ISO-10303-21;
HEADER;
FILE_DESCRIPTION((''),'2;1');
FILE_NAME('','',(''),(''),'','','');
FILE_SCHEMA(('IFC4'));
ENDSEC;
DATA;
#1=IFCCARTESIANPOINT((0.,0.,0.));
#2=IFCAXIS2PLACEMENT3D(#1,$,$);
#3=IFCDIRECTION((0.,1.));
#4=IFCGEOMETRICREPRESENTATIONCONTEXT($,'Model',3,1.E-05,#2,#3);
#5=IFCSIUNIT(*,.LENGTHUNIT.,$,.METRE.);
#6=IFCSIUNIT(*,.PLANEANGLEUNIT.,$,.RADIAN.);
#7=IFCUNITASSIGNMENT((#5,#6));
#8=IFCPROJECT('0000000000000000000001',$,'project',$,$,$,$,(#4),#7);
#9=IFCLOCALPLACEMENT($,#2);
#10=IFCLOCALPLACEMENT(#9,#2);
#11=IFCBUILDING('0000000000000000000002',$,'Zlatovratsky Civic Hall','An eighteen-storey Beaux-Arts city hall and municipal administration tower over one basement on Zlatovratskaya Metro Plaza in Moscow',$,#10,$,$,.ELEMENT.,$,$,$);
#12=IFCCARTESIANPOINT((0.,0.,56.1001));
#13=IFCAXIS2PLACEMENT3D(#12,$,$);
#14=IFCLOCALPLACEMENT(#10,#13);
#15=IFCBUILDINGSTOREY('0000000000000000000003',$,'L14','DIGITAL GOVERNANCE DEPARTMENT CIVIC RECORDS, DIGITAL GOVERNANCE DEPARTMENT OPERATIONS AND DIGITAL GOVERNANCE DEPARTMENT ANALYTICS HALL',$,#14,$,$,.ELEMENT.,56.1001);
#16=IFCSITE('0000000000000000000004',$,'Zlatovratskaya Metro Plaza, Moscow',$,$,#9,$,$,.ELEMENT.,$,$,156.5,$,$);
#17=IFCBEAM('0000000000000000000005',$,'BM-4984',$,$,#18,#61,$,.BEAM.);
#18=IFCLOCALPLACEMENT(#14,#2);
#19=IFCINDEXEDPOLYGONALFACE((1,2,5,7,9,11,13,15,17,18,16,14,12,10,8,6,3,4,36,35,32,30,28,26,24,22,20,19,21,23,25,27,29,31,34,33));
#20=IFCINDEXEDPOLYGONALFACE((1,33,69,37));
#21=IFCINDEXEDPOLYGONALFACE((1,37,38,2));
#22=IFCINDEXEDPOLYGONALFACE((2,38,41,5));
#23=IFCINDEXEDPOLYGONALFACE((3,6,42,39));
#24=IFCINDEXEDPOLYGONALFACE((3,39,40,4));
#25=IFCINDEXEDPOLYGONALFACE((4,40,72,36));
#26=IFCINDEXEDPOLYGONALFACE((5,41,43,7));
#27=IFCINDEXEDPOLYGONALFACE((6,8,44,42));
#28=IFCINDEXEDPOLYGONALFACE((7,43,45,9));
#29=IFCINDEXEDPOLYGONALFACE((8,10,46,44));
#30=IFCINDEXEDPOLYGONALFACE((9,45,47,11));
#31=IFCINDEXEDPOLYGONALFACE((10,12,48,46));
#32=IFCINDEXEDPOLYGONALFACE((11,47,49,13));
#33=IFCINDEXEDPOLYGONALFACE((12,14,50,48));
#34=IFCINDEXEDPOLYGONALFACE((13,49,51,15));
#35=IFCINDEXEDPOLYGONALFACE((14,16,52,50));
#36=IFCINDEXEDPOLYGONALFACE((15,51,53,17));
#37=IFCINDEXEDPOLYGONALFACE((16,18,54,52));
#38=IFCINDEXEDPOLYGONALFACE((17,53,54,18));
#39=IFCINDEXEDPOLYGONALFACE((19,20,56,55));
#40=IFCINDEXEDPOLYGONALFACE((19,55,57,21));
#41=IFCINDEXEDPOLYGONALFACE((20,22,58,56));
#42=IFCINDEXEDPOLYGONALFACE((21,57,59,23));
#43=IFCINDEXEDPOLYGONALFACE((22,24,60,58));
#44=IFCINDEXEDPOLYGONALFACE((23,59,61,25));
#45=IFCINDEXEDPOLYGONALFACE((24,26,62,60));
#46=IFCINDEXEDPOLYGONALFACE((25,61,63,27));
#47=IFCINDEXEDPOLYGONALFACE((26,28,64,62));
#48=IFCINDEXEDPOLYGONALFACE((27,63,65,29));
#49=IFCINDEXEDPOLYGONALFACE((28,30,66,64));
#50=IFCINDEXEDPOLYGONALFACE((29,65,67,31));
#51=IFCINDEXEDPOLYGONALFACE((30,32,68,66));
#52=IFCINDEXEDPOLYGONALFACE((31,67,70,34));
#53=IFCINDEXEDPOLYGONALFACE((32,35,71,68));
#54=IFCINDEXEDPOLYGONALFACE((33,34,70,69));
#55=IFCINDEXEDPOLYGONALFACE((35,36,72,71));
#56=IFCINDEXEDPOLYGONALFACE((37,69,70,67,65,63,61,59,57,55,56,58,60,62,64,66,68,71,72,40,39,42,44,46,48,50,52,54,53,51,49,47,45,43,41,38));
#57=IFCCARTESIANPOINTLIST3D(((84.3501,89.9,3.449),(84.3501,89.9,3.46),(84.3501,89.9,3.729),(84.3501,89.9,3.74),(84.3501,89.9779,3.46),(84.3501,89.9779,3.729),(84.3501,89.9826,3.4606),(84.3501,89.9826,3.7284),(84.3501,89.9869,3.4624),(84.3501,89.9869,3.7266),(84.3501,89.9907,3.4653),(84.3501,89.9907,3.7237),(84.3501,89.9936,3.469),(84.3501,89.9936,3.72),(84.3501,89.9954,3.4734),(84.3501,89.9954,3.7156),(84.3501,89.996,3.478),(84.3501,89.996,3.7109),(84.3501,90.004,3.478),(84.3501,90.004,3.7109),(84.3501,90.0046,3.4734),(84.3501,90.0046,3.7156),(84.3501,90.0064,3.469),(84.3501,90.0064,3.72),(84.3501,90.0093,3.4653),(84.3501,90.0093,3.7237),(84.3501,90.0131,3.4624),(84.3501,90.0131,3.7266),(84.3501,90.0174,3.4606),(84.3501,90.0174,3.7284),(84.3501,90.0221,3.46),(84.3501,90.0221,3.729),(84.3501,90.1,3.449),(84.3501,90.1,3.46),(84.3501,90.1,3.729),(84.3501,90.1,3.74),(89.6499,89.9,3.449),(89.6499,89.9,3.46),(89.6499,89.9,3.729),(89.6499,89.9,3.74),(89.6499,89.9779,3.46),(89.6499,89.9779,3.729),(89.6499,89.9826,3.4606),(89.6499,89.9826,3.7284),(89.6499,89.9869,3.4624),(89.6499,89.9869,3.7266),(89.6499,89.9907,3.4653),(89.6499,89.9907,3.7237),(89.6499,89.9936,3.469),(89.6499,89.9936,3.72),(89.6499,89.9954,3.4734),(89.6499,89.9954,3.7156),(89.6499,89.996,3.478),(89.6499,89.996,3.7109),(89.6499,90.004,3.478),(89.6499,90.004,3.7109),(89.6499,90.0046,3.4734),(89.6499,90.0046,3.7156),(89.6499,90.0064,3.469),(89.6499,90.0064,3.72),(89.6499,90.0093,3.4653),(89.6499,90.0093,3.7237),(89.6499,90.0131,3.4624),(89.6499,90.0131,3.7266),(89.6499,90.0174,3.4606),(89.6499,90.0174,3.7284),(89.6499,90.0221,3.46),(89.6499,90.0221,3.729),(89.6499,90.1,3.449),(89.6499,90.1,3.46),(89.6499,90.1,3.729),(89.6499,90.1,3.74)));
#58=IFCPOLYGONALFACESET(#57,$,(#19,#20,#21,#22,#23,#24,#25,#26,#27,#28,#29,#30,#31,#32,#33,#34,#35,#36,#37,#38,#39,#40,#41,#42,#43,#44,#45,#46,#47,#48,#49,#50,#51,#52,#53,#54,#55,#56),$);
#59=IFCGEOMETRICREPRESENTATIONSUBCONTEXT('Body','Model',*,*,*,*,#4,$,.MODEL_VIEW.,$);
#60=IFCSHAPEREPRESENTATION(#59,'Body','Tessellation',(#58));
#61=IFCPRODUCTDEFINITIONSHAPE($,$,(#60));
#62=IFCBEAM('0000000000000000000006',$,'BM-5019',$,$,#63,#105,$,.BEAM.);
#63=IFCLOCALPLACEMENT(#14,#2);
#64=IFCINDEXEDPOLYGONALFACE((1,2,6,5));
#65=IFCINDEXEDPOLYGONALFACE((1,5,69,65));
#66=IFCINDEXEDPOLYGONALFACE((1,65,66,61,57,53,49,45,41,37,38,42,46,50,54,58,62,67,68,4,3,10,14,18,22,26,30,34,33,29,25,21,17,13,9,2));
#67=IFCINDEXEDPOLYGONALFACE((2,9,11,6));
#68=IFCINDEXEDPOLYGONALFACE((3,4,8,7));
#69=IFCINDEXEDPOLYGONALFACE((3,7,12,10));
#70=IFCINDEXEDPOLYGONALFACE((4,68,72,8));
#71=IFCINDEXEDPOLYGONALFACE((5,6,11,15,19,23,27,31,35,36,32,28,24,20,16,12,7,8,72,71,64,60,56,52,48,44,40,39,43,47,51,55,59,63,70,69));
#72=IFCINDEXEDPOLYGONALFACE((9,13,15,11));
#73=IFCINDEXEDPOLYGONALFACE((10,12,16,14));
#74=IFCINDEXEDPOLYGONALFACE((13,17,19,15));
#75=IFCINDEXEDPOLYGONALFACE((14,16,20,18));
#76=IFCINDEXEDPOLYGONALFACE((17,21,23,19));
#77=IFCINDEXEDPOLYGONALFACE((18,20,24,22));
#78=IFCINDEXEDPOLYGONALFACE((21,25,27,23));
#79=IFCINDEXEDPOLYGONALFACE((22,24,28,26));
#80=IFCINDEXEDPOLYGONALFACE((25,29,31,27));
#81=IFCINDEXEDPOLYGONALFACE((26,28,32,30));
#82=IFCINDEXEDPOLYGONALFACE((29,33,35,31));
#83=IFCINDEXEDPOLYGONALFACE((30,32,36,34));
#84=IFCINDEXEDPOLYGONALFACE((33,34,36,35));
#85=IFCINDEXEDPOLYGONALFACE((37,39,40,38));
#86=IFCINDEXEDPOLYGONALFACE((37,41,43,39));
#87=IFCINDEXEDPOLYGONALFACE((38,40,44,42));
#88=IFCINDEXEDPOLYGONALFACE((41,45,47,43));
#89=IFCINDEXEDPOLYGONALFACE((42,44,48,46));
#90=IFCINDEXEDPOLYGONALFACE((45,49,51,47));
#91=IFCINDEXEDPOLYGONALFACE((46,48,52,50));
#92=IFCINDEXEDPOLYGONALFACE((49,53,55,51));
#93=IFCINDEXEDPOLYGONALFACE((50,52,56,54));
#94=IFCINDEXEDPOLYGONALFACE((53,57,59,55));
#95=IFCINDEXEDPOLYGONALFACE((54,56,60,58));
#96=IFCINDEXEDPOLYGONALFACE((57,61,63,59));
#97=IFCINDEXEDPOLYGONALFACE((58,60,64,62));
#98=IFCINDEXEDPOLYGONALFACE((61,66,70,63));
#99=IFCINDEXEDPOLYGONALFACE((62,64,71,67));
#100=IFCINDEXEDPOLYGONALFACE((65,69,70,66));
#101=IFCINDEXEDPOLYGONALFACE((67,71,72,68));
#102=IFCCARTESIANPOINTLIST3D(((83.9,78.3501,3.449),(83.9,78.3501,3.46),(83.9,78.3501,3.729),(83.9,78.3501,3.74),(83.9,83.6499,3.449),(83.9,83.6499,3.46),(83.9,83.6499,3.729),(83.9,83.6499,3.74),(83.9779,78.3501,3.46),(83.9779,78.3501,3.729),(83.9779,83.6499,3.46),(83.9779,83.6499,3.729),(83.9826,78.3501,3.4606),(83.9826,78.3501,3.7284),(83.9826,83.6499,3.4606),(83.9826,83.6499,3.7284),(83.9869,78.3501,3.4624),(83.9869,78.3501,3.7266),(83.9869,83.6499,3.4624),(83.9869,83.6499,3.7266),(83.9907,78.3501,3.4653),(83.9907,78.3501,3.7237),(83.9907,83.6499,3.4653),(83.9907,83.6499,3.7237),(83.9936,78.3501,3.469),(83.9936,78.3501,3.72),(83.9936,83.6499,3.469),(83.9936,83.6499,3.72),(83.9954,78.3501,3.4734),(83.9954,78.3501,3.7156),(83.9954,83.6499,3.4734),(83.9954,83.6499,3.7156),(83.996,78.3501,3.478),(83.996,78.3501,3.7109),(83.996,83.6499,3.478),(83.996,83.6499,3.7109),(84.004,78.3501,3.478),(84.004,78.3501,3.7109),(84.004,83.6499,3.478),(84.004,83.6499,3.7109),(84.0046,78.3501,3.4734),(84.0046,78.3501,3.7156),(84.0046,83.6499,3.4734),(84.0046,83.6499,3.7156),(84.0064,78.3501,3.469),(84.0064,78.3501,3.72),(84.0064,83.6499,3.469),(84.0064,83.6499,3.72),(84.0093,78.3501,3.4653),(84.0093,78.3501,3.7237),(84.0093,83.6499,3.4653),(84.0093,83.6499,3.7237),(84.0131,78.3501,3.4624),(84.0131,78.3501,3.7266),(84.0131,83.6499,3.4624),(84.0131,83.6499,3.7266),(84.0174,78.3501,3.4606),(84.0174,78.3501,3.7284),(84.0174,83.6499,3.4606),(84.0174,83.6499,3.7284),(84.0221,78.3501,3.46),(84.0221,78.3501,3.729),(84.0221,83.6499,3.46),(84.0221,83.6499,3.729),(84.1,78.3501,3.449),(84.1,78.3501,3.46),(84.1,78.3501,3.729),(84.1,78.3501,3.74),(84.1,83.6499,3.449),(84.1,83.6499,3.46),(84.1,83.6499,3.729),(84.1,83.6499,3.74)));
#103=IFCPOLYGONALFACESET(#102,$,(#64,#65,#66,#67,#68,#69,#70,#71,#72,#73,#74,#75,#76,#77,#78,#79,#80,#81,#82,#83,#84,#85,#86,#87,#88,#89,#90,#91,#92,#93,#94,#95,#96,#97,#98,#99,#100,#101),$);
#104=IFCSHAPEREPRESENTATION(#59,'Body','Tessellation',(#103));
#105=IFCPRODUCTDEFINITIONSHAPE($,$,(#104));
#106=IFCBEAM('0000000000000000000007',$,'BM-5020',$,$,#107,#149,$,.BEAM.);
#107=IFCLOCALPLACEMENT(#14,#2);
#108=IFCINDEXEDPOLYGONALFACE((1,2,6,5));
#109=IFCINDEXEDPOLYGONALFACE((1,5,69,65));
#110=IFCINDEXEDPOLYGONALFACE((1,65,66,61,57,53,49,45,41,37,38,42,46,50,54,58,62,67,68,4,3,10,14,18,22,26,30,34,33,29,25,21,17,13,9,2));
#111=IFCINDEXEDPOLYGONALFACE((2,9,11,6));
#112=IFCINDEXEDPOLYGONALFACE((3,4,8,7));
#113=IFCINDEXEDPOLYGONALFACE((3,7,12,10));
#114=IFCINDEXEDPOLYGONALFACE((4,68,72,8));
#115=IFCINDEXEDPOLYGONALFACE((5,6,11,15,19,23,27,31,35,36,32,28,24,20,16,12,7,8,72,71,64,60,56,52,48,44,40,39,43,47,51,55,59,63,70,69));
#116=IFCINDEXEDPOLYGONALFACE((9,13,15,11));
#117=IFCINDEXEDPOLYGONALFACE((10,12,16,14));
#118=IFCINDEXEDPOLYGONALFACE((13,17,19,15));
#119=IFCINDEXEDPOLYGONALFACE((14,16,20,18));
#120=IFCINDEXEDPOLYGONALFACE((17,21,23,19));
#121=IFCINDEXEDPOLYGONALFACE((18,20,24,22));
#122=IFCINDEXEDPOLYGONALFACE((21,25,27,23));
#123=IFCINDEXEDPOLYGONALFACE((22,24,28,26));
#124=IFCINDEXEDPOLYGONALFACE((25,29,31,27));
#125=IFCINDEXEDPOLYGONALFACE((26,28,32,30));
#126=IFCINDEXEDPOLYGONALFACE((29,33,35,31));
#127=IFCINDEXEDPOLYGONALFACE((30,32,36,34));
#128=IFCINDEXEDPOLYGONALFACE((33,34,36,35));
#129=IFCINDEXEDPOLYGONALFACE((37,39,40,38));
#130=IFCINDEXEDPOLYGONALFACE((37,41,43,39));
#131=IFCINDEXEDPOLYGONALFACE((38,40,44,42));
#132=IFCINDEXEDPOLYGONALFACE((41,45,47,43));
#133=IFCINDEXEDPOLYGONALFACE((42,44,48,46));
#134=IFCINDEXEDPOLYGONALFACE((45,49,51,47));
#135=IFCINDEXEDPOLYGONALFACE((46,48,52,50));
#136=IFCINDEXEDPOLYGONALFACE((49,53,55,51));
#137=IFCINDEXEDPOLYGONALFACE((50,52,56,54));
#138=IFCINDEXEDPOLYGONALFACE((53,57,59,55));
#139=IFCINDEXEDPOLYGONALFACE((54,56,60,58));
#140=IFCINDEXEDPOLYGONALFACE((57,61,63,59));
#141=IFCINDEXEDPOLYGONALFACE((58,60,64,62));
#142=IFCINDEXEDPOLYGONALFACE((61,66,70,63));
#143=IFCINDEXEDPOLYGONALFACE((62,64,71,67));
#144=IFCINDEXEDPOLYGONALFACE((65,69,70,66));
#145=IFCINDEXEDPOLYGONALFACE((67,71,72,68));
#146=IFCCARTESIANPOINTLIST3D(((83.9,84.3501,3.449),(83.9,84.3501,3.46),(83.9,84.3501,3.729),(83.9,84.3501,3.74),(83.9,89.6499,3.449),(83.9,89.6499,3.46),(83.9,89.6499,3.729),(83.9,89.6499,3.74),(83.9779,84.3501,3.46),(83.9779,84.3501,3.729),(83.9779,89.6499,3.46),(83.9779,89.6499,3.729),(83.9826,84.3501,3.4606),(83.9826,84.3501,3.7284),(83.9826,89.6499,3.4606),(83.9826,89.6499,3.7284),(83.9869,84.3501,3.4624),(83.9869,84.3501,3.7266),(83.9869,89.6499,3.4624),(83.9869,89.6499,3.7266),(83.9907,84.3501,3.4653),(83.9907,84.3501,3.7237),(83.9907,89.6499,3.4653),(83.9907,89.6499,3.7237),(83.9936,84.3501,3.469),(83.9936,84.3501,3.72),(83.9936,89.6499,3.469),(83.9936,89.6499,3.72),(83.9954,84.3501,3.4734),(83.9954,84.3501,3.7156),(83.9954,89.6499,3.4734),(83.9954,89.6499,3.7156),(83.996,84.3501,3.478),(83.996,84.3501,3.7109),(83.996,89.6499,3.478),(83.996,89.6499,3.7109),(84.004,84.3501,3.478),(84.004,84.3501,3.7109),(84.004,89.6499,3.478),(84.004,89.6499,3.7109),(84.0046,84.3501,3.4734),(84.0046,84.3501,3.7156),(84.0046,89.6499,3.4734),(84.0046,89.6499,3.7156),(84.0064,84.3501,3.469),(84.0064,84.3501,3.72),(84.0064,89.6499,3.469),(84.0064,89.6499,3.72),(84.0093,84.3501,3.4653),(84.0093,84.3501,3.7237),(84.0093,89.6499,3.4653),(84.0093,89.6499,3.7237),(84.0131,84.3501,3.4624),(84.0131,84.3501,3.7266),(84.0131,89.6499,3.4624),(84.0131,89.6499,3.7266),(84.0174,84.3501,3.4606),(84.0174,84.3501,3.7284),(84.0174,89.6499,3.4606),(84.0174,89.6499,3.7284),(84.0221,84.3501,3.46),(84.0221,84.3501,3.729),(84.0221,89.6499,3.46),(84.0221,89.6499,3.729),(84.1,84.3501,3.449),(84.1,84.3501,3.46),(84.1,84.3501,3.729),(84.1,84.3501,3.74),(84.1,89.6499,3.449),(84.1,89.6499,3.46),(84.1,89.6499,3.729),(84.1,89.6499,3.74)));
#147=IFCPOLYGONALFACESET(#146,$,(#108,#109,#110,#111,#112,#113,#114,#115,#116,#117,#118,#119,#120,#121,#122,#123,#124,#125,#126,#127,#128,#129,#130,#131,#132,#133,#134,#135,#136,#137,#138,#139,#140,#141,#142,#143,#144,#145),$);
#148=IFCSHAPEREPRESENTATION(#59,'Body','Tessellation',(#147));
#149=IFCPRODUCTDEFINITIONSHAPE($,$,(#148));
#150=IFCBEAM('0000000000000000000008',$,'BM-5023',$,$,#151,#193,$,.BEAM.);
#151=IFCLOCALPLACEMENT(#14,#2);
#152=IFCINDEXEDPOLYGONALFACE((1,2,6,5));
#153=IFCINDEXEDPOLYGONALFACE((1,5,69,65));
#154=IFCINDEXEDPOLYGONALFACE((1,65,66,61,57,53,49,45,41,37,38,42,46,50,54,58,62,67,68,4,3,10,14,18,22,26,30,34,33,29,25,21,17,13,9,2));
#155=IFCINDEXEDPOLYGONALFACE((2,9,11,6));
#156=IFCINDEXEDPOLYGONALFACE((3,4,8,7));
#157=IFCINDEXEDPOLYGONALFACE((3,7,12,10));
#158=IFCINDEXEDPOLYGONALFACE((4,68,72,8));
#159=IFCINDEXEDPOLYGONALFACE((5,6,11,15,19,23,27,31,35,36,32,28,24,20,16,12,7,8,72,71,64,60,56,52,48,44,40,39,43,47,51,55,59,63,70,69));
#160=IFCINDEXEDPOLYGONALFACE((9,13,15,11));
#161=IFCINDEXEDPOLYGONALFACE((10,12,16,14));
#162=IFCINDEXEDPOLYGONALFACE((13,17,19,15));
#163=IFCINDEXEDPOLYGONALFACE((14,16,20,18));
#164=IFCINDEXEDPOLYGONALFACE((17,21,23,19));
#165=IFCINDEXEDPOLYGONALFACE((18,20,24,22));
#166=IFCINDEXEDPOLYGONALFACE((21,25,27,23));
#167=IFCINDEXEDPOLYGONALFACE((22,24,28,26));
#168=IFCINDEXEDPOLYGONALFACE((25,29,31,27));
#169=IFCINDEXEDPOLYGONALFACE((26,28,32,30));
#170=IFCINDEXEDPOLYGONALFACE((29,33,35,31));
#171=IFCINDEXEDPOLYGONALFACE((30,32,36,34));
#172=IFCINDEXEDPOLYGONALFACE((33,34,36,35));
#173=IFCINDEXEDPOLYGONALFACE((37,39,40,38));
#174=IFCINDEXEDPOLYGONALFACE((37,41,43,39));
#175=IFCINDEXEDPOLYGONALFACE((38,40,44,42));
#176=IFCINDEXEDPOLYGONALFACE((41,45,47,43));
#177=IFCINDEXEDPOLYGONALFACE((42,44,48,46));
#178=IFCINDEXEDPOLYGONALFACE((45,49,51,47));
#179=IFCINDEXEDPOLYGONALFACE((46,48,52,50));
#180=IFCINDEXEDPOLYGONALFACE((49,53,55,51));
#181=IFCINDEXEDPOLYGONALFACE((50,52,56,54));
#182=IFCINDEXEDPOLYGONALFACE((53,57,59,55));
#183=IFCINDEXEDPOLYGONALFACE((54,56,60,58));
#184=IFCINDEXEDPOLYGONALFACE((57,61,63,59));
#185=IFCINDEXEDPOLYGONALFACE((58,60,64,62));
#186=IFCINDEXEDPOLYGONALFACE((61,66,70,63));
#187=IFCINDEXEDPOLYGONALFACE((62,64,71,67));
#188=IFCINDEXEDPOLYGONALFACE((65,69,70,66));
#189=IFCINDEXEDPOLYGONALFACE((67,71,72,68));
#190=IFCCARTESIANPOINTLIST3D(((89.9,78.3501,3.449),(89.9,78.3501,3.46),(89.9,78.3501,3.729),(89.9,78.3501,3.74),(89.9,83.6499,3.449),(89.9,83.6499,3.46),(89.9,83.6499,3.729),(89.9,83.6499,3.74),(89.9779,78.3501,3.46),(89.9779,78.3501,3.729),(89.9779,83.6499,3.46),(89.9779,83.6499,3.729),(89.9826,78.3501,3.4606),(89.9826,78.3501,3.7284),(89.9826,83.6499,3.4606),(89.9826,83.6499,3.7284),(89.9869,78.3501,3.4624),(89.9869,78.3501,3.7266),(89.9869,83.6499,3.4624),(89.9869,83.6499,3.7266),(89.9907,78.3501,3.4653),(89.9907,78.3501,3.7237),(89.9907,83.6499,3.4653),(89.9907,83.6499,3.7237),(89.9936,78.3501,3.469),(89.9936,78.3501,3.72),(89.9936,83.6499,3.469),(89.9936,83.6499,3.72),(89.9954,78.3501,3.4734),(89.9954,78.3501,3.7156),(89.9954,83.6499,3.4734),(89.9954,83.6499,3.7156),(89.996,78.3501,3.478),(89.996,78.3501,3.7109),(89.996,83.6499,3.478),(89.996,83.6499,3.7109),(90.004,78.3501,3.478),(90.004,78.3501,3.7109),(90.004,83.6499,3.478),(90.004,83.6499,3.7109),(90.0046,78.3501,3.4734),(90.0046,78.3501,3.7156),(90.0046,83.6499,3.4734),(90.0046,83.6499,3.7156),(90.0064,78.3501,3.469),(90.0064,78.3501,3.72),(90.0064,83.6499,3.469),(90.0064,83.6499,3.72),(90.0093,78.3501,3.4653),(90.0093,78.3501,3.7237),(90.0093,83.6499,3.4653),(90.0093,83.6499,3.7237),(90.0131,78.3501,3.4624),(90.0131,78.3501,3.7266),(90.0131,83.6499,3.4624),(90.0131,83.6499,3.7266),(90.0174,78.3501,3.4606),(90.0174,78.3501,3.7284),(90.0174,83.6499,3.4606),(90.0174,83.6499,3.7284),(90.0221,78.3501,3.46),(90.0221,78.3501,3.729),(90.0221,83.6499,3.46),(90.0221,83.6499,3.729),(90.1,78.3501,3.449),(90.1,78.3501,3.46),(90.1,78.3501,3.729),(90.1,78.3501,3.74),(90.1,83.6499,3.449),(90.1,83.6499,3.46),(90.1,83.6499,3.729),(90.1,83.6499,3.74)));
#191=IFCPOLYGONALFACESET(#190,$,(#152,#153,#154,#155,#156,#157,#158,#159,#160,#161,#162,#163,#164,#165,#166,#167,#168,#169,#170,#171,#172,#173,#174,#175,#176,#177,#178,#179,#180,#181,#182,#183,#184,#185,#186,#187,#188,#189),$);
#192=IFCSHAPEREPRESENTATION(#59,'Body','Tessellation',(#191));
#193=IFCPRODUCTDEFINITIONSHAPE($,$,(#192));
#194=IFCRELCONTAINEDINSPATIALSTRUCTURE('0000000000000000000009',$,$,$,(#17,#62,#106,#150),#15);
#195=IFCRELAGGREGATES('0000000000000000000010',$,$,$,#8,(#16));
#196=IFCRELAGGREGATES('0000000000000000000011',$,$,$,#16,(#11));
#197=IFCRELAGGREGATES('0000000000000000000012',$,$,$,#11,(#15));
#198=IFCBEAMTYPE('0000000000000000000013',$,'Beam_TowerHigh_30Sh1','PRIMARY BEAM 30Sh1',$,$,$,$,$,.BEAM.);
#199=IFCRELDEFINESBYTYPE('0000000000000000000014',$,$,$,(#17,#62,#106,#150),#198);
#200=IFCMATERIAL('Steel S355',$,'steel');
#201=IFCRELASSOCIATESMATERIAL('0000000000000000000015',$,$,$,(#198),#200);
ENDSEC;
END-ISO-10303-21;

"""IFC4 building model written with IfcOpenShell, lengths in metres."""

from ifc_helpers import new_model, si_unit, direction, frame, origin, origin_2d, place, context, subcontext, project, spatial, i_section, extrude, material, material_profile, profile_set, type_object, element, save


model = new_model("IFC4")

# Units and contexts
model_context = context("Model", 3, precision=1e-05, world=origin(), true_north=direction((0.0, 1.0)))
body_context = subcontext(model_context, "Body", "Model", "MODEL_VIEW")
ifc_project = project(units=[si_unit("LENGTHUNIT", "METRE"), si_unit("PLANEANGLEUNIT", "RADIAN")], contexts=[model_context])

# Site, building, storey
site_placement = place(None, origin())
site = spatial("IfcSite", under=ifc_project, at=site_placement, Name="Zlatovratskaya Metro Plaza, Moscow", CompositionType="ELEMENT", RefElevation=156.5)
building_placement = place(site_placement, origin())
building = spatial("IfcBuilding", under=site, at=building_placement, Name="Zlatovratsky Civic Hall", Description="An eighteen-storey Beaux-Arts city hall and municipal administration tower over one basement on Zlatovratskaya Metro Plaza in Moscow", CompositionType="ELEMENT")
storey_placement = place(building_placement, frame((0.0, 0.0, 56.1001)))
storey = spatial("IfcBuildingStorey", under=building, at=storey_placement, Name="L14", Description="DIGITAL GOVERNANCE DEPARTMENT CIVIC RECORDS, DIGITAL GOVERNANCE DEPARTMENT OPERATIONS AND DIGITAL GOVERNANCE DEPARTMENT ANALYTICS HALL", CompositionType="ELEMENT", Elevation=56.1001)

# Beams
ifc_material_1 = material(Name="Steel S355", Category="steel")
ifc_material_profile_1 = material_profile(ifc_material_1, i_section(OverallWidth=0.2, OverallDepth=0.291, WebThickness=0.0081, FlangeThickness=0.011, FilletRadius=0.0181, at=origin_2d()), Name="30Sh1")
ifc_profile_set_1 = profile_set([ifc_material_profile_1], Name="Steel S355")
beam_type_1 = type_object("IfcBeamType", Name="Beam_TowerHigh_30Sh1", Description="PRIMARY BEAM 30Sh1", PredefinedType="BEAM", material=ifc_profile_set_1)
for number, where, z_axis, x_axis, name in (
    (1, (84.3501, 90.0, 3.5945), (1.0, 0.0, 0.0), (0.0, 1.0, 0.0), "BM-4984"),
    (2, (84.0, 78.3501, 3.5945), (0.0, 1.0, 0.0), (-1.0, 0.0, 0.0), "BM-5019"),
    (3, (84.0, 84.3501, 3.5945), (0.0, 1.0, 0.0), (-1.0, 0.0, 0.0), "BM-5020"),
    (4, (90.0, 78.3501, 3.5945), (0.0, 1.0, 0.0), (-1.0, 0.0, 0.0), "BM-5023"),
):
    element("IfcBeam", number, at=place(storey_placement, frame(where, z_axis=z_axis, x_axis=x_axis)), inside=storey, type_object=beam_type_1, Name=name, PredefinedType="BEAM", context=body_context, shape_type="SweptSolid", body=[
        extrude(i_section(OverallWidth=0.2, OverallDepth=0.291, WebThickness=0.0081, FlangeThickness=0.011, FilletRadius=0.0181, at=origin_2d()), origin(), (0.0, 0.0, 1.0), 5.2998),
    ])

save(model, "model.ifc")
